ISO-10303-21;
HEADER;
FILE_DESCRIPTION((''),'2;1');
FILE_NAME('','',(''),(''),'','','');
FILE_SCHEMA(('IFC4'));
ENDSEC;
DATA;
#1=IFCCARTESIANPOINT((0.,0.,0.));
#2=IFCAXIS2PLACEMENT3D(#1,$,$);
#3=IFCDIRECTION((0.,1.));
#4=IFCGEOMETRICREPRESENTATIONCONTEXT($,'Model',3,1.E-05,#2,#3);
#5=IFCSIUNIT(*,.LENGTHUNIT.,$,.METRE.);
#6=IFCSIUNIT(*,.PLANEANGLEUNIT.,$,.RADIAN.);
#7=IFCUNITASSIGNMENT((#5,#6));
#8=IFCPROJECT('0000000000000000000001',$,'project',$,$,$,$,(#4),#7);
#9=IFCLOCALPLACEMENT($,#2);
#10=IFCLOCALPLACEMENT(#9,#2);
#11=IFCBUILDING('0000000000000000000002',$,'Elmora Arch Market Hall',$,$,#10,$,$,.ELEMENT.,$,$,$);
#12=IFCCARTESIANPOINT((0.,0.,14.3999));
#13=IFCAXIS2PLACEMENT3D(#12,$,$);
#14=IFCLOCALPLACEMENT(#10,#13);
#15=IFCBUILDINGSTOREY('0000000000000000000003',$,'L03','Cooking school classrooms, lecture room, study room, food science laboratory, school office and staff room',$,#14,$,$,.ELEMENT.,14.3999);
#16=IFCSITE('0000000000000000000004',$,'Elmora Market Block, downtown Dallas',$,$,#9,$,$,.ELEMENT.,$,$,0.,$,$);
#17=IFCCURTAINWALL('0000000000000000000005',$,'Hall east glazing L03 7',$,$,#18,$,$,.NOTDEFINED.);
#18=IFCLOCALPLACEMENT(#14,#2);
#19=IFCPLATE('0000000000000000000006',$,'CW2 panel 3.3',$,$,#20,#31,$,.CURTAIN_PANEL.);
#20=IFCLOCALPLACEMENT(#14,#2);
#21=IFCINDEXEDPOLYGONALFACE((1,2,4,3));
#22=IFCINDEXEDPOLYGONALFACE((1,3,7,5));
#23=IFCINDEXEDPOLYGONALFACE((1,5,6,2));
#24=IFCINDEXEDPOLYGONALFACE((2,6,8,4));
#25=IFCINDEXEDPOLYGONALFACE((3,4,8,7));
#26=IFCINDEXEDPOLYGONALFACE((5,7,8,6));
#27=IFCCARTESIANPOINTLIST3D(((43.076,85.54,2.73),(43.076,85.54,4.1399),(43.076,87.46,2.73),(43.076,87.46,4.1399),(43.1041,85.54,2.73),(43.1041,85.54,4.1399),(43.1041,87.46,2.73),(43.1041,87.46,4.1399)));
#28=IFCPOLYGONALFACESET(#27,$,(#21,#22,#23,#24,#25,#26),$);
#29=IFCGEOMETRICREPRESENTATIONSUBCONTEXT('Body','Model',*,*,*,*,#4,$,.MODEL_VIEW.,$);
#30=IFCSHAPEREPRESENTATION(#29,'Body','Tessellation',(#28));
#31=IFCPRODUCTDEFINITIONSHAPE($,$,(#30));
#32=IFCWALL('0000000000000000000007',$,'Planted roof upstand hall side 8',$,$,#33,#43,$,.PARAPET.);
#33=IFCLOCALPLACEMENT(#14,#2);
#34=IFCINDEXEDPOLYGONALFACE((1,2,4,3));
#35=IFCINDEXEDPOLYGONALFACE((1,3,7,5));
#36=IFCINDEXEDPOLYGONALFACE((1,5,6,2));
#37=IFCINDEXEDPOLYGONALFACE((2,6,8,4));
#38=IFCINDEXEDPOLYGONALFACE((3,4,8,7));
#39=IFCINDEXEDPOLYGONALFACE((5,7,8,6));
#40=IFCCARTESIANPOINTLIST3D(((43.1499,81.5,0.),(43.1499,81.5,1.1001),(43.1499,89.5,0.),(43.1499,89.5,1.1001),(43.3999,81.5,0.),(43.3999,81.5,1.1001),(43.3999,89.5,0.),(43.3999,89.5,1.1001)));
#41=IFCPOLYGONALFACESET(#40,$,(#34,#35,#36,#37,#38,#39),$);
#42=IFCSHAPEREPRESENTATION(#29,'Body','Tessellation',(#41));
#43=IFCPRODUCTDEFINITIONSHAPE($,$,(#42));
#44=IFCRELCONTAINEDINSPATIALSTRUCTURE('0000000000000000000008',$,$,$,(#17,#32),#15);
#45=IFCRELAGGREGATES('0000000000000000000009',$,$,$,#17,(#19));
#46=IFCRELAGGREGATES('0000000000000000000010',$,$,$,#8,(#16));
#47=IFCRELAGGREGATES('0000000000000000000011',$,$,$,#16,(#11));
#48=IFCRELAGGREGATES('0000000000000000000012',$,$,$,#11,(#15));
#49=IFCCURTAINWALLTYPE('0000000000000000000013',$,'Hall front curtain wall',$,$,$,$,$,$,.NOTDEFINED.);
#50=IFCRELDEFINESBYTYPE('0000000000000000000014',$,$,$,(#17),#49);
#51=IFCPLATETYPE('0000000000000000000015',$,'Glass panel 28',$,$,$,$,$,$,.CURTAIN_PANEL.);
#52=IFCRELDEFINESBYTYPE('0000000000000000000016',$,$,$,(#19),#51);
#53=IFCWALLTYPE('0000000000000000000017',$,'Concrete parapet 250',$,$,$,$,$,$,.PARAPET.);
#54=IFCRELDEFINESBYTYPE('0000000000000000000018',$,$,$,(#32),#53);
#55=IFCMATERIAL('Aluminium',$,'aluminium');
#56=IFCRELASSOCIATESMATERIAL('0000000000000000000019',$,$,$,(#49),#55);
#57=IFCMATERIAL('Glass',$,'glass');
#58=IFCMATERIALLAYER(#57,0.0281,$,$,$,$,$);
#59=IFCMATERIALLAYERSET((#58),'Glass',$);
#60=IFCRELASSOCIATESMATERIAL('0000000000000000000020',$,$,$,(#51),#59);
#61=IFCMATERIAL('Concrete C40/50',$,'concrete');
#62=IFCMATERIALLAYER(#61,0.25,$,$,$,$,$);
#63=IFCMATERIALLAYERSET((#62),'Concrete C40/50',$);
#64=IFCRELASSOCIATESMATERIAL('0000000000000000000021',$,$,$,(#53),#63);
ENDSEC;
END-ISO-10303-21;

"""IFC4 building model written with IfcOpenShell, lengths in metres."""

from ifc_helpers import new_model, si_unit, direction, frame, frame_2d, origin, origin_2d, place, context, subcontext, project, spatial, rectangle, extrude, material, layer, layer_set, type_object, element, aggregate, save


model = new_model("IFC4")

# Units and contexts
model_context = context("Model", 3, precision=1e-05, world=origin(), true_north=direction((0.0, 1.0)))
body_context = subcontext(model_context, "Body", "Model", "MODEL_VIEW")
ifc_project = project(units=[si_unit("LENGTHUNIT", "METRE"), si_unit("PLANEANGLEUNIT", "RADIAN")], contexts=[model_context])

# Site, building, storey
site_placement = place(None, origin())
site = spatial("IfcSite", under=ifc_project, at=site_placement, Name="Elmora Market Block, downtown Dallas", CompositionType="ELEMENT", RefElevation=0.0)
building_placement = place(site_placement, origin())
building = spatial("IfcBuilding", under=site, at=building_placement, Name="Elmora Arch Market Hall", CompositionType="ELEMENT")
storey_placement = place(building_placement, frame((0.0, 0.0, 14.3999)))
storey = spatial("IfcBuildingStorey", under=building, at=storey_placement, Name="L03", Description="Cooking school classrooms, lecture room, study room, food science laboratory, school office and staff room", CompositionType="ELEMENT", Elevation=14.3999)

# Shared definitions
ifc_material_1 = material(Name="Aluminium", Category="aluminium")
curtain_wall_type = type_object("IfcCurtainWallType", Name="Hall front curtain wall", PredefinedType="NOTDEFINED", material=ifc_material_1)

# Curtain wall
curtain_wall_1_placement = place(storey_placement, origin())
curtain_wall_1 = element("IfcCurtainWall", 1, at=curtain_wall_1_placement, inside=storey, type_object=curtain_wall_type, Name="Hall east glazing L03 7", PredefinedType="NOTDEFINED")

# Plate
ifc_material_2 = material(Name="Glass", Category="glass")
ifc_layer_1 = layer(ifc_material_2, 0.0281)
ifc_layer_set_1 = layer_set([ifc_layer_1], Name="Glass")
plate_type = type_object("IfcPlateType", Name="Glass panel 28", PredefinedType="CURTAIN_PANEL", material=ifc_layer_set_1)
plate_1_placement = place(storey_placement, frame((43.0901, 86.5, 2.73), z_axis=(0.0, 0.0, 1.0), x_axis=(0.0, 1.0, 0.0)))
plate_1 = element("IfcPlate", 2, at=plate_1_placement, type_object=plate_type, Name="CW2 panel 3.3", PredefinedType="CURTAIN_PANEL", context=body_context, shape_type="SweptSolid", body=[
    extrude(rectangle(XDim=1.9199, YDim=0.0281, at=origin_2d()), origin(), (0.0, 0.0, 1.0), 1.4099),
])
aggregate(curtain_wall_1, [plate_1])

# Wall
ifc_material_3 = material(Name="Concrete C40/50", Category="concrete")
ifc_layer_2 = layer(ifc_material_3, 0.25)
ifc_layer_set_2 = layer_set([ifc_layer_2], Name="Concrete C40/50")
wall_type = type_object("IfcWallType", Name="Concrete parapet 250", PredefinedType="PARAPET", material=ifc_layer_set_2)
wall_placement = place(storey_placement, frame((43.2749, 81.5, 0.0), z_axis=(0.0, 0.0, 1.0), x_axis=(0.0, 1.0, 0.0)))
element("IfcWall", 3, at=wall_placement, inside=storey, type_object=wall_type, Name="Planted roof upstand hall side 8", PredefinedType="PARAPET", context=body_context, shape_type="SweptSolid", body=[
    extrude(rectangle(XDim=8.0, YDim=0.25, at=frame_2d((4.0, 0.0))), origin(), (0.0, 0.0, 1.0), 1.1001),
])

save(model, "model.ifc")
